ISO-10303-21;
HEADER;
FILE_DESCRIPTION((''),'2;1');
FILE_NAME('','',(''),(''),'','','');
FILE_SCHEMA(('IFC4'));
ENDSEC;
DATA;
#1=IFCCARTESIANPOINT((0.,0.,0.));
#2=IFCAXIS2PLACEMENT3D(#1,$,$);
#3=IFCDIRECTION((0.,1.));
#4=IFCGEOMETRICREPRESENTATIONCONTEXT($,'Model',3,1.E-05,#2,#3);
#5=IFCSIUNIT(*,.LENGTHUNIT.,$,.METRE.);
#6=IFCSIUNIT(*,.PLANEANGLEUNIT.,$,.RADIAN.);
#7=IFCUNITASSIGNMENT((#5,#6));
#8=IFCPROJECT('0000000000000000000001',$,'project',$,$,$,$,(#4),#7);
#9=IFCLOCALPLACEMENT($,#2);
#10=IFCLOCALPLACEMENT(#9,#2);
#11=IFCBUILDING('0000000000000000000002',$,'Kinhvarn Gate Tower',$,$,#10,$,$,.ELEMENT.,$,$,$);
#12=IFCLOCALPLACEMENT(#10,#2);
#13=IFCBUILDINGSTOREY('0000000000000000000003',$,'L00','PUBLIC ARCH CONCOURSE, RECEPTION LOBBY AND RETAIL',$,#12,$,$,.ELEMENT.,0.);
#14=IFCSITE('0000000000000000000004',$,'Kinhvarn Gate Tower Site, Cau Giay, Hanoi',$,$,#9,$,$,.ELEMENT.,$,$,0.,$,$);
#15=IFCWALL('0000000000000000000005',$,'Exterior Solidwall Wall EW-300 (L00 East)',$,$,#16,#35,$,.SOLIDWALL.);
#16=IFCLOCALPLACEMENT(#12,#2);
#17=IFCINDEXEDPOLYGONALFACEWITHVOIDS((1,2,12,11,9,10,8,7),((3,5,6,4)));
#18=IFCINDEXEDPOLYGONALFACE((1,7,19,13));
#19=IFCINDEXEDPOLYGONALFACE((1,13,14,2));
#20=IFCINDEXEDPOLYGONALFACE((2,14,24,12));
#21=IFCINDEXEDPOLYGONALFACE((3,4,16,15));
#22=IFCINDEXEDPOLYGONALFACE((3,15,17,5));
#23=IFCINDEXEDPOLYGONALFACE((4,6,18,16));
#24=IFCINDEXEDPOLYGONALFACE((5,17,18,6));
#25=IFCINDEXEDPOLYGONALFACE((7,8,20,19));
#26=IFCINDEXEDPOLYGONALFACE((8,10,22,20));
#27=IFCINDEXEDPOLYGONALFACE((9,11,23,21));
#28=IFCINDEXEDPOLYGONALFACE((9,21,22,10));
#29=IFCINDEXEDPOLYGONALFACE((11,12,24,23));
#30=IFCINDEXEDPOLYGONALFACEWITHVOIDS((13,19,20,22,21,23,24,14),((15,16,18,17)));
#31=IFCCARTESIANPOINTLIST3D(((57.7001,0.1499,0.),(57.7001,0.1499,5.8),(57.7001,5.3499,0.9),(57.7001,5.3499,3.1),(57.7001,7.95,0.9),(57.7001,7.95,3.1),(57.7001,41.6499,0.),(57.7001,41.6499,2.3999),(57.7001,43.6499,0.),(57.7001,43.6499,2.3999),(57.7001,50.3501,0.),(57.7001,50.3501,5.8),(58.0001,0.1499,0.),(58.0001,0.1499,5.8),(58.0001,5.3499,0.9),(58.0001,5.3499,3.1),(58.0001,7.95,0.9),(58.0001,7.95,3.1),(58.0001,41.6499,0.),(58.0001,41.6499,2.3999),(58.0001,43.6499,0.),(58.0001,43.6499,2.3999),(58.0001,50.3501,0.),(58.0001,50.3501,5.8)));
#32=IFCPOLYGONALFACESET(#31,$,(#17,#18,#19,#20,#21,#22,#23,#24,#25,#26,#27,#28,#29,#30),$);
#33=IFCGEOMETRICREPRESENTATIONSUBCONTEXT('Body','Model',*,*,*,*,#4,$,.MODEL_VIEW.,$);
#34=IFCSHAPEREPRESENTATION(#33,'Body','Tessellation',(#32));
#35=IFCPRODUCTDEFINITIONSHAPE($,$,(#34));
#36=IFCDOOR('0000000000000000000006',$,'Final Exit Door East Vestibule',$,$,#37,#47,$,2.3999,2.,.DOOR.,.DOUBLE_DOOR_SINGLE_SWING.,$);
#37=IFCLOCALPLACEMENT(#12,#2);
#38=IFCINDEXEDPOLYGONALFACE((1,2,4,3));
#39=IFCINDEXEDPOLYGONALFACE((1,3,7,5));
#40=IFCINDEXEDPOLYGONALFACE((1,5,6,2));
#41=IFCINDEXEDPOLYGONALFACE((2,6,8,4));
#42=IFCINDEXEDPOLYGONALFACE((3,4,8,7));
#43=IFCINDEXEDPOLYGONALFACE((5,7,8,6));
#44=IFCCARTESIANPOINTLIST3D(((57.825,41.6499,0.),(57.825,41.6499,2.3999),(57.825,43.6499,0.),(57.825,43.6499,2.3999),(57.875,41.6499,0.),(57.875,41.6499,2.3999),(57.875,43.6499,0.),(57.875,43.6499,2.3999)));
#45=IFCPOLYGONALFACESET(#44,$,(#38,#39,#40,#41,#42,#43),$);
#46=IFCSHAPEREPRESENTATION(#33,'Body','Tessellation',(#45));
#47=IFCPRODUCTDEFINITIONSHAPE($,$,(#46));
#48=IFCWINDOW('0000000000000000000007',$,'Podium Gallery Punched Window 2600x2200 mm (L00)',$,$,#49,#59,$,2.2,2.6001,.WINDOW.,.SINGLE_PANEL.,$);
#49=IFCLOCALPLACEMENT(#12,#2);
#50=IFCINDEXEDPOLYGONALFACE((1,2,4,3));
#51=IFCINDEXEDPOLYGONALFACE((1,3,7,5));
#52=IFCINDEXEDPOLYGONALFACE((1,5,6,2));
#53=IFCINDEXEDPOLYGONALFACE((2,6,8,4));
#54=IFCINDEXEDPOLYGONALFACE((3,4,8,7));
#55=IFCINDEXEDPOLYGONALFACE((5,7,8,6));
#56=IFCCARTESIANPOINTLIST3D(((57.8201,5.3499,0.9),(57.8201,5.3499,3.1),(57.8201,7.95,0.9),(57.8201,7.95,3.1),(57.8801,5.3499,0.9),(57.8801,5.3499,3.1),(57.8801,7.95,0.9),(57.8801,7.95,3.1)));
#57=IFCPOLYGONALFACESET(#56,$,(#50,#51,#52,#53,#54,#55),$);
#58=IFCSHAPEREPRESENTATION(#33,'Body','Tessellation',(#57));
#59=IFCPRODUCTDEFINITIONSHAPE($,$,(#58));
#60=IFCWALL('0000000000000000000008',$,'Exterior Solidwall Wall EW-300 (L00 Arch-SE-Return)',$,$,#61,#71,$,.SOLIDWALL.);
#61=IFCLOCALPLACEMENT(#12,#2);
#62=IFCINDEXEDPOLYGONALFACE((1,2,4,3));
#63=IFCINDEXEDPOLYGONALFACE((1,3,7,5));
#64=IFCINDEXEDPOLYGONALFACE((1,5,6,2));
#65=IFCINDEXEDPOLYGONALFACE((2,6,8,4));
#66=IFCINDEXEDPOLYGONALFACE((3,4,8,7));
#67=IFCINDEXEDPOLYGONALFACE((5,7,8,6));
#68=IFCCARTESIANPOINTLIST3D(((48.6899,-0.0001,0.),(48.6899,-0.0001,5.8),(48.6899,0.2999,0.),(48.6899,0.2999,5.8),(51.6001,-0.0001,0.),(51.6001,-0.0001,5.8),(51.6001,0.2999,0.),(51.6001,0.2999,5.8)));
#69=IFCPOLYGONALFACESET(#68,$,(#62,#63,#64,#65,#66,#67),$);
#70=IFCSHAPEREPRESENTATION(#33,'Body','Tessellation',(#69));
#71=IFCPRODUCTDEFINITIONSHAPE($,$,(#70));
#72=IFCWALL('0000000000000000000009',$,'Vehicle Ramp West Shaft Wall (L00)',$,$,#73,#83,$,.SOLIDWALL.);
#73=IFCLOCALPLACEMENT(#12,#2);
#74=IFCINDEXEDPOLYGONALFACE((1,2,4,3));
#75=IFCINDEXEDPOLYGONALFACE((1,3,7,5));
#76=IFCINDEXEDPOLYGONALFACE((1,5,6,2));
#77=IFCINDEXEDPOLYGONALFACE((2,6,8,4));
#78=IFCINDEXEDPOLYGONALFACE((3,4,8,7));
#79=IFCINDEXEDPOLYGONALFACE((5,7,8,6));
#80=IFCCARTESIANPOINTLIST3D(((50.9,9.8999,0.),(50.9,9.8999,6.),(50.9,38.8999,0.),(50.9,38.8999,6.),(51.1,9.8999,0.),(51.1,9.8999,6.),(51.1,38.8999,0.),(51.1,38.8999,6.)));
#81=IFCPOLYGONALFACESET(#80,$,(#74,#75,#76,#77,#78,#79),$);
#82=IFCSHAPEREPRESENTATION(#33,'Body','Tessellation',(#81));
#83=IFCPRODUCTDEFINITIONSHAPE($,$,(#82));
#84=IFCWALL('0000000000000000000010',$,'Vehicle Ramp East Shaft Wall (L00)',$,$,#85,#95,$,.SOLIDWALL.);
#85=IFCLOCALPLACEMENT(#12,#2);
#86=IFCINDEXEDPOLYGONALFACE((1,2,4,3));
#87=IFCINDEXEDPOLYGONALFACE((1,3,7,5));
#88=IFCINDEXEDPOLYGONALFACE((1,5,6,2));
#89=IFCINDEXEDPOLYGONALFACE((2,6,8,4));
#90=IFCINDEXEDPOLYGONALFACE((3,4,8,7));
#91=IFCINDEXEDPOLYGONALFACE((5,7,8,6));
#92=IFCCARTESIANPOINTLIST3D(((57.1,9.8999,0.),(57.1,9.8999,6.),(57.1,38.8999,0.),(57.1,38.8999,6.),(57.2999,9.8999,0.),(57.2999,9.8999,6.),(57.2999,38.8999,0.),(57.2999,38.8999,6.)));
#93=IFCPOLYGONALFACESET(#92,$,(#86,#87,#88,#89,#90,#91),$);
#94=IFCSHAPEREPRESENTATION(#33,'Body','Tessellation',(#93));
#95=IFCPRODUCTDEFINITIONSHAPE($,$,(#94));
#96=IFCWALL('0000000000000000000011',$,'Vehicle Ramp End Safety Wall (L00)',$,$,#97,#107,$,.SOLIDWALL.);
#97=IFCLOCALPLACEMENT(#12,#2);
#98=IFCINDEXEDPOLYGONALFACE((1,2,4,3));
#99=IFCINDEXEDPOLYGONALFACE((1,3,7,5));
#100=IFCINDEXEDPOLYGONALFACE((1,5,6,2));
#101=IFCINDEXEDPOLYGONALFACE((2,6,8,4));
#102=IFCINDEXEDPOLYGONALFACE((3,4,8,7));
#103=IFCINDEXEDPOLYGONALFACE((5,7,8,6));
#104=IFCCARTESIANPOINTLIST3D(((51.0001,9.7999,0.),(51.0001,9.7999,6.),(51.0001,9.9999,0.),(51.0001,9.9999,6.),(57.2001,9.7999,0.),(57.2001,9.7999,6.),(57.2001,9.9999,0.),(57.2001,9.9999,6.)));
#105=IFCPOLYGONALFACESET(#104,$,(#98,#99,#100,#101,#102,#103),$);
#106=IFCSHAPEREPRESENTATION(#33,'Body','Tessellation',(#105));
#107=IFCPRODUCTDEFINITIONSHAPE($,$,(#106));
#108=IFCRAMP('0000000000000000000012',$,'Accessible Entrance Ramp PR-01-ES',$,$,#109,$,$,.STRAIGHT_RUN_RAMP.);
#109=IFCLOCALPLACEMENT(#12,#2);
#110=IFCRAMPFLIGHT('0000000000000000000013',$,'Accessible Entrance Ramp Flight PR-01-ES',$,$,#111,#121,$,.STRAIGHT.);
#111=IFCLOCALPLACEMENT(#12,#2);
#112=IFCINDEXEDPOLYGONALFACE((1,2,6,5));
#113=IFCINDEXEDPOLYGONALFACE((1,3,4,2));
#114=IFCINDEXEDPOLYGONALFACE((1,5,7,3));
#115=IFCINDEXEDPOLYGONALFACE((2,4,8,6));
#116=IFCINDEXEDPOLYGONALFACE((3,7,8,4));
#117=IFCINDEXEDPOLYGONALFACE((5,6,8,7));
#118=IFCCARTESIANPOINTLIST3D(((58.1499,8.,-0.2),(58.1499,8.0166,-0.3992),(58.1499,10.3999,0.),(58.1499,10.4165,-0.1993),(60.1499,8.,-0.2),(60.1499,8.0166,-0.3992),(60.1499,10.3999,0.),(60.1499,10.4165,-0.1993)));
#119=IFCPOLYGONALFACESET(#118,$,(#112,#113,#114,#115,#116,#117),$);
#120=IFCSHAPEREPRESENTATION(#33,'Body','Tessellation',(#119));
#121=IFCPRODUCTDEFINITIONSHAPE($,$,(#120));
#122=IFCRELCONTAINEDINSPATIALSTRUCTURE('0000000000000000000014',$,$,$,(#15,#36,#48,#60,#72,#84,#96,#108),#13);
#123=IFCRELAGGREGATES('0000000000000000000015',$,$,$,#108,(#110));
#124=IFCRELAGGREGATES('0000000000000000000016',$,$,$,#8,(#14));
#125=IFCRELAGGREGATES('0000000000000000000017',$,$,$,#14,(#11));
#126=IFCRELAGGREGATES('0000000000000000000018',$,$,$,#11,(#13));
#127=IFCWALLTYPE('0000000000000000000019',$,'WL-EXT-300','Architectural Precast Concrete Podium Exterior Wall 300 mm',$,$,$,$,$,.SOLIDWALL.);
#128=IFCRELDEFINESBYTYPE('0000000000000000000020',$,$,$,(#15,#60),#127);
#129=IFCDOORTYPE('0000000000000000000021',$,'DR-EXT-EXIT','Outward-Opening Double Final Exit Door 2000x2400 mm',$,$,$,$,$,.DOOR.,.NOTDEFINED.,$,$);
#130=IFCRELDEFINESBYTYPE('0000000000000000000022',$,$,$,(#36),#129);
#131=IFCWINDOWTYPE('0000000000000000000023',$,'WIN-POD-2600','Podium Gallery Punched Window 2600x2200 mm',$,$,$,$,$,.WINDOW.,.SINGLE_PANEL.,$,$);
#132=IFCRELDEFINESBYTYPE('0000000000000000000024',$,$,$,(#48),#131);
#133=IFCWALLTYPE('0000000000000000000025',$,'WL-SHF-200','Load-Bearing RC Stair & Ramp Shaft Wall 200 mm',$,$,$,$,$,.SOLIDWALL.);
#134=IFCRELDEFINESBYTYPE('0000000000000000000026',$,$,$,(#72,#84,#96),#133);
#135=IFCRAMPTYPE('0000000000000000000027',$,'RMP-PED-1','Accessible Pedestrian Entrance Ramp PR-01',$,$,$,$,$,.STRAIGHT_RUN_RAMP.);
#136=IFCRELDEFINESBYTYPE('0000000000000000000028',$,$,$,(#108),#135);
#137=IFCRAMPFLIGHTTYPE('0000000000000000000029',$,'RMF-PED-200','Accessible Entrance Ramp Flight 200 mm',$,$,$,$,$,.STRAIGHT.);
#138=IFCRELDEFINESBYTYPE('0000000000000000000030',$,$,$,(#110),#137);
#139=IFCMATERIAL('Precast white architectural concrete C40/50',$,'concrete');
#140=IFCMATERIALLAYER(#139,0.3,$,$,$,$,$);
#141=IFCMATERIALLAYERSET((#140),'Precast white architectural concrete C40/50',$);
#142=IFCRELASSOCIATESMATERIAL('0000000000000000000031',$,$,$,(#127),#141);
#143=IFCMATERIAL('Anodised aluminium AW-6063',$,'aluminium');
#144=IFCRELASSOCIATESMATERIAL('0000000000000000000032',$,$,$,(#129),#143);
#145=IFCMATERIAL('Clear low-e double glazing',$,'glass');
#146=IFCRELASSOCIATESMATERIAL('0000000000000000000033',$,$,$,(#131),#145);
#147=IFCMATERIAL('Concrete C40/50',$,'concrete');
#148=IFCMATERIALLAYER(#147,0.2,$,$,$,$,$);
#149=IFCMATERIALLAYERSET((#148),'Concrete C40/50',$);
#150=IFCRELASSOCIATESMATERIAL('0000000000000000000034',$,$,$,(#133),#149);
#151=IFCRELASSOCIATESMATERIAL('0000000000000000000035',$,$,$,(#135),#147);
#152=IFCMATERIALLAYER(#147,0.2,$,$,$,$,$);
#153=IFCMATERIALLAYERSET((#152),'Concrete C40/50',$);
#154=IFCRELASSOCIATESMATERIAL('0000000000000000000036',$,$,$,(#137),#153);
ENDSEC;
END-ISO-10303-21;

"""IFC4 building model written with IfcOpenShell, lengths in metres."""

from ifc_helpers import new_model, si_unit, direction, frame, frame_2d, origin, place, context, subcontext, project, spatial, polyline, rectangle, outline, extrude, material, layer, layer_set, type_object, element, fill, aggregate, save


model = new_model("IFC4")

# Units and contexts
model_context = context("Model", 3, precision=1e-05, world=origin(), true_north=direction((0.0, 1.0)))
body_context = subcontext(model_context, "Body", "Model", "MODEL_VIEW")
ifc_project = project(units=[si_unit("LENGTHUNIT", "METRE"), si_unit("PLANEANGLEUNIT", "RADIAN")], contexts=[model_context])

# Site, building, storey
site_placement = place(None, origin())
site = spatial("IfcSite", under=ifc_project, at=site_placement, Name="Kinhvarn Gate Tower Site, Cau Giay, Hanoi", CompositionType="ELEMENT", RefElevation=0.0)
building_placement = place(site_placement, origin())
building = spatial("IfcBuilding", under=site, at=building_placement, Name="Kinhvarn Gate Tower", CompositionType="ELEMENT")
storey_placement = place(building_placement, origin())
storey = spatial("IfcBuildingStorey", under=building, at=storey_placement, Name="L00", Description="PUBLIC ARCH CONCOURSE, RECEPTION LOBBY AND RETAIL", CompositionType="ELEMENT", Elevation=0.0)

# Shared definitions
ifc_material_1 = material(Name="Anodised aluminium AW-6063", Category="aluminium")

# Shared definitions
ifc_material_2 = material(Name="Clear low-e double glazing", Category="glass")

# Shared definitions
ifc_material_3 = material(Name="Precast white architectural concrete C40/50", Category="concrete")
ifc_layer_1 = layer(ifc_material_3, 0.3)
ifc_layer_set_1 = layer_set([ifc_layer_1], Name="Precast white architectural concrete C40/50")
wall_type_1 = type_object("IfcWallType", Name="WL-EXT-300", Description="Architectural Precast Concrete Podium Exterior Wall 300 mm", PredefinedType="SOLIDWALL", material=ifc_layer_set_1)
door_type = type_object("IfcDoorType", Name="DR-EXT-EXIT", Description="Outward-Opening Double Final Exit Door 2000x2400 mm", OperationType="NOTDEFINED", PredefinedType="DOOR", material=ifc_material_1)

# Wall, openings, door, window
wall_1_placement = place(storey_placement, frame((57.8501, 0.1499, 0.0), z_axis=(0.0, 0.0, 1.0), x_axis=(0.0, 1.0, 0.0)))
wall_1 = element("IfcWall", 1, at=wall_1_placement, inside=storey, type_object=wall_type_1, Name="Exterior Solidwall Wall EW-300 (L00 East)", PredefinedType="SOLIDWALL", context=body_context, shape_type="SweptSolid", body=[
    extrude(rectangle(XDim=50.2002, YDim=0.3, at=frame_2d((25.1001, 0.0))), origin(), (0.0, 0.0, 1.0), 5.8),
])
opening_1_placement = place(wall_1_placement, frame((41.5, 0.0, 0.0)))
opening_1 = element("IfcOpeningElement", 2, at=opening_1_placement, cuts=wall_1, PredefinedType="OPENING", context=body_context, shape_type="SweptSolid", body=[
    extrude(rectangle(XDim=2.0, YDim=2.3999, at=frame_2d((1.0, 1.2))), frame((0.0, 0.1602, 0.0), z_axis=(0.0, -1.0, 0.0), x_axis=(1.0, 0.0, 0.0)), (0.0, 0.0, 1.0), 0.3201),
])
opening_2_placement = place(wall_1_placement, frame((5.2, 0.0, 0.8999)))
opening_2 = element("IfcOpeningElement", 3, at=opening_2_placement, cuts=wall_1, PredefinedType="OPENING", context=body_context, shape_type="SweptSolid", body=[
    extrude(rectangle(XDim=2.6001, YDim=2.2, at=frame_2d((1.3, 1.1001))), frame((0.0, 0.1602, 0.0), z_axis=(0.0, -1.0, 0.0), x_axis=(1.0, 0.0, 0.0)), (0.0, 0.0, 1.0), 0.3201),
])
door_1_placement = place(opening_1_placement, frame((2.0, 0.0, 0.0), z_axis=(0.0, 0.0, 1.0), x_axis=(-1.0, 0.0, 0.0)))
door_1 = element("IfcDoor", 4, at=door_1_placement, inside=storey, type_object=door_type, Name="Final Exit Door East Vestibule", OperationType="DOUBLE_DOOR_SINGLE_SWING", OverallHeight=2.3999, OverallWidth=2.0, PredefinedType="DOOR", context=body_context, shape_type="SweptSolid", body=[
    extrude(rectangle(XDim=2.0, YDim=2.3999, at=frame_2d((1.0, 1.2))), frame((0.0, 0.0249, 0.0), z_axis=(0.0, -1.0, 0.0), x_axis=(1.0, 0.0, 0.0)), (0.0, 0.0, 1.0), 0.05),
])
fill(opening_1, door_1)
window_type = type_object("IfcWindowType", Name="WIN-POD-2600", Description="Podium Gallery Punched Window 2600x2200 mm", PartitioningType="SINGLE_PANEL", PredefinedType="WINDOW", material=ifc_material_2)
window_placement = place(opening_2_placement, origin())
window = element("IfcWindow", 5, at=window_placement, inside=storey, type_object=window_type, Name="Podium Gallery Punched Window 2600x2200 mm (L00)", OverallHeight=2.2, OverallWidth=2.6001, PartitioningType="SINGLE_PANEL", PredefinedType="WINDOW", context=body_context, shape_type="SweptSolid", body=[
    extrude(rectangle(XDim=2.6001, YDim=2.2, at=frame_2d((1.3, 1.1001))), frame((0.0, 0.03, 0.0), z_axis=(0.0, -1.0, 0.0), x_axis=(1.0, 0.0, 0.0)), (0.0, 0.0, 1.0), 0.0601),
])
fill(opening_2, window)

# Walls
wall_2_placement = place(storey_placement, frame((48.6899, 0.1499, 0.0), z_axis=(0.0, 0.0, 1.0), x_axis=(1.0, 0.0, 0.0)))
element("IfcWall", 6, at=wall_2_placement, inside=storey, type_object=wall_type_1, Name="Exterior Solidwall Wall EW-300 (L00 Arch-SE-Return)", PredefinedType="SOLIDWALL", context=body_context, shape_type="SweptSolid", body=[
    extrude(rectangle(XDim=2.9102, YDim=0.3, at=frame_2d((1.4551, 0.0))), origin(), (0.0, 0.0, 1.0), 5.8),
])
ifc_material_4 = material(Name="Concrete C40/50", Category="concrete")
ifc_layer_2 = layer(ifc_material_4, 0.2)
ifc_layer_set_2 = layer_set([ifc_layer_2], Name="Concrete C40/50")
wall_type_2 = type_object("IfcWallType", Name="WL-SHF-200", Description="Load-Bearing RC Stair & Ramp Shaft Wall 200 mm", PredefinedType="SOLIDWALL", material=ifc_layer_set_2)
for number, where, z_axis, x_axis, name in (
    (7, (51.0, 9.8999, 0.0), (0.0, 0.0, 1.0), (0.0, 1.0, 0.0), "Vehicle Ramp West Shaft Wall (L00)"),
    (8, (57.2, 9.8999, 0.0), (0.0, 0.0, 1.0), (0.0, 1.0, 0.0), "Vehicle Ramp East Shaft Wall (L00)"),
):
    element("IfcWall", number, at=place(storey_placement, frame(where, z_axis=z_axis, x_axis=x_axis)), inside=storey, type_object=wall_type_2, Name=name, PredefinedType="SOLIDWALL", context=body_context, shape_type="SweptSolid", body=[
        extrude(rectangle(XDim=29.0, YDim=0.2, at=frame_2d((14.5, 0.0))), origin(), (0.0, 0.0, 1.0), 6.0),
    ])
wall_3_placement = place(storey_placement, frame((51.0, 9.8999, 0.0), z_axis=(0.0, 0.0, 1.0), x_axis=(1.0, 0.0, 0.0)))
element("IfcWall", 9, at=wall_3_placement, inside=storey, type_object=wall_type_2, Name="Vehicle Ramp End Safety Wall (L00)", PredefinedType="SOLIDWALL", context=body_context, shape_type="SweptSolid", body=[
    extrude(rectangle(XDim=6.2, YDim=0.2, at=frame_2d((3.1001, 0.0))), origin(), (0.0, 0.0, 1.0), 6.0),
])

# Ramp, ramp flight
ramp_type = type_object("IfcRampType", Name="RMP-PED-1", Description="Accessible Pedestrian Entrance Ramp PR-01", PredefinedType="STRAIGHT_RUN_RAMP", material=ifc_material_4)
ramp_placement = place(storey_placement, origin())
ramp = element("IfcRamp", 10, at=ramp_placement, inside=storey, type_object=ramp_type, Name="Accessible Entrance Ramp PR-01-ES", PredefinedType="STRAIGHT_RUN_RAMP")
ifc_layer_3 = layer(ifc_material_4, 0.2)
ifc_layer_set_3 = layer_set([ifc_layer_3], Name="Concrete C40/50")
ramp_flight_type = type_object("IfcRampFlightType", Name="RMF-PED-200", Description="Accessible Entrance Ramp Flight 200 mm", PredefinedType="STRAIGHT", material=ifc_layer_set_3)
ramp_flight_placement = place(storey_placement, frame((58.1499, 8.0, -0.2), z_axis=(0.0, -0.083029, 0.996547), x_axis=(1.0, 0.0, 0.0)))
ramp_flight = element("IfcRampFlight", 11, at=ramp_flight_placement, type_object=ramp_flight_type, Name="Accessible Entrance Ramp Flight PR-01-ES", PredefinedType="STRAIGHT", context=body_context, shape_type="SweptSolid", body=[
    extrude(outline(polyline([(0.0, 0.0), (2.0, 0.0), (2.0, 2.4082), (0.0, 2.4082), (0.0, 0.0)])), origin(), (0.0, 0.0, -1.0), 0.2),
])
aggregate(ramp, [ramp_flight])

save(model, "model.ifc")
